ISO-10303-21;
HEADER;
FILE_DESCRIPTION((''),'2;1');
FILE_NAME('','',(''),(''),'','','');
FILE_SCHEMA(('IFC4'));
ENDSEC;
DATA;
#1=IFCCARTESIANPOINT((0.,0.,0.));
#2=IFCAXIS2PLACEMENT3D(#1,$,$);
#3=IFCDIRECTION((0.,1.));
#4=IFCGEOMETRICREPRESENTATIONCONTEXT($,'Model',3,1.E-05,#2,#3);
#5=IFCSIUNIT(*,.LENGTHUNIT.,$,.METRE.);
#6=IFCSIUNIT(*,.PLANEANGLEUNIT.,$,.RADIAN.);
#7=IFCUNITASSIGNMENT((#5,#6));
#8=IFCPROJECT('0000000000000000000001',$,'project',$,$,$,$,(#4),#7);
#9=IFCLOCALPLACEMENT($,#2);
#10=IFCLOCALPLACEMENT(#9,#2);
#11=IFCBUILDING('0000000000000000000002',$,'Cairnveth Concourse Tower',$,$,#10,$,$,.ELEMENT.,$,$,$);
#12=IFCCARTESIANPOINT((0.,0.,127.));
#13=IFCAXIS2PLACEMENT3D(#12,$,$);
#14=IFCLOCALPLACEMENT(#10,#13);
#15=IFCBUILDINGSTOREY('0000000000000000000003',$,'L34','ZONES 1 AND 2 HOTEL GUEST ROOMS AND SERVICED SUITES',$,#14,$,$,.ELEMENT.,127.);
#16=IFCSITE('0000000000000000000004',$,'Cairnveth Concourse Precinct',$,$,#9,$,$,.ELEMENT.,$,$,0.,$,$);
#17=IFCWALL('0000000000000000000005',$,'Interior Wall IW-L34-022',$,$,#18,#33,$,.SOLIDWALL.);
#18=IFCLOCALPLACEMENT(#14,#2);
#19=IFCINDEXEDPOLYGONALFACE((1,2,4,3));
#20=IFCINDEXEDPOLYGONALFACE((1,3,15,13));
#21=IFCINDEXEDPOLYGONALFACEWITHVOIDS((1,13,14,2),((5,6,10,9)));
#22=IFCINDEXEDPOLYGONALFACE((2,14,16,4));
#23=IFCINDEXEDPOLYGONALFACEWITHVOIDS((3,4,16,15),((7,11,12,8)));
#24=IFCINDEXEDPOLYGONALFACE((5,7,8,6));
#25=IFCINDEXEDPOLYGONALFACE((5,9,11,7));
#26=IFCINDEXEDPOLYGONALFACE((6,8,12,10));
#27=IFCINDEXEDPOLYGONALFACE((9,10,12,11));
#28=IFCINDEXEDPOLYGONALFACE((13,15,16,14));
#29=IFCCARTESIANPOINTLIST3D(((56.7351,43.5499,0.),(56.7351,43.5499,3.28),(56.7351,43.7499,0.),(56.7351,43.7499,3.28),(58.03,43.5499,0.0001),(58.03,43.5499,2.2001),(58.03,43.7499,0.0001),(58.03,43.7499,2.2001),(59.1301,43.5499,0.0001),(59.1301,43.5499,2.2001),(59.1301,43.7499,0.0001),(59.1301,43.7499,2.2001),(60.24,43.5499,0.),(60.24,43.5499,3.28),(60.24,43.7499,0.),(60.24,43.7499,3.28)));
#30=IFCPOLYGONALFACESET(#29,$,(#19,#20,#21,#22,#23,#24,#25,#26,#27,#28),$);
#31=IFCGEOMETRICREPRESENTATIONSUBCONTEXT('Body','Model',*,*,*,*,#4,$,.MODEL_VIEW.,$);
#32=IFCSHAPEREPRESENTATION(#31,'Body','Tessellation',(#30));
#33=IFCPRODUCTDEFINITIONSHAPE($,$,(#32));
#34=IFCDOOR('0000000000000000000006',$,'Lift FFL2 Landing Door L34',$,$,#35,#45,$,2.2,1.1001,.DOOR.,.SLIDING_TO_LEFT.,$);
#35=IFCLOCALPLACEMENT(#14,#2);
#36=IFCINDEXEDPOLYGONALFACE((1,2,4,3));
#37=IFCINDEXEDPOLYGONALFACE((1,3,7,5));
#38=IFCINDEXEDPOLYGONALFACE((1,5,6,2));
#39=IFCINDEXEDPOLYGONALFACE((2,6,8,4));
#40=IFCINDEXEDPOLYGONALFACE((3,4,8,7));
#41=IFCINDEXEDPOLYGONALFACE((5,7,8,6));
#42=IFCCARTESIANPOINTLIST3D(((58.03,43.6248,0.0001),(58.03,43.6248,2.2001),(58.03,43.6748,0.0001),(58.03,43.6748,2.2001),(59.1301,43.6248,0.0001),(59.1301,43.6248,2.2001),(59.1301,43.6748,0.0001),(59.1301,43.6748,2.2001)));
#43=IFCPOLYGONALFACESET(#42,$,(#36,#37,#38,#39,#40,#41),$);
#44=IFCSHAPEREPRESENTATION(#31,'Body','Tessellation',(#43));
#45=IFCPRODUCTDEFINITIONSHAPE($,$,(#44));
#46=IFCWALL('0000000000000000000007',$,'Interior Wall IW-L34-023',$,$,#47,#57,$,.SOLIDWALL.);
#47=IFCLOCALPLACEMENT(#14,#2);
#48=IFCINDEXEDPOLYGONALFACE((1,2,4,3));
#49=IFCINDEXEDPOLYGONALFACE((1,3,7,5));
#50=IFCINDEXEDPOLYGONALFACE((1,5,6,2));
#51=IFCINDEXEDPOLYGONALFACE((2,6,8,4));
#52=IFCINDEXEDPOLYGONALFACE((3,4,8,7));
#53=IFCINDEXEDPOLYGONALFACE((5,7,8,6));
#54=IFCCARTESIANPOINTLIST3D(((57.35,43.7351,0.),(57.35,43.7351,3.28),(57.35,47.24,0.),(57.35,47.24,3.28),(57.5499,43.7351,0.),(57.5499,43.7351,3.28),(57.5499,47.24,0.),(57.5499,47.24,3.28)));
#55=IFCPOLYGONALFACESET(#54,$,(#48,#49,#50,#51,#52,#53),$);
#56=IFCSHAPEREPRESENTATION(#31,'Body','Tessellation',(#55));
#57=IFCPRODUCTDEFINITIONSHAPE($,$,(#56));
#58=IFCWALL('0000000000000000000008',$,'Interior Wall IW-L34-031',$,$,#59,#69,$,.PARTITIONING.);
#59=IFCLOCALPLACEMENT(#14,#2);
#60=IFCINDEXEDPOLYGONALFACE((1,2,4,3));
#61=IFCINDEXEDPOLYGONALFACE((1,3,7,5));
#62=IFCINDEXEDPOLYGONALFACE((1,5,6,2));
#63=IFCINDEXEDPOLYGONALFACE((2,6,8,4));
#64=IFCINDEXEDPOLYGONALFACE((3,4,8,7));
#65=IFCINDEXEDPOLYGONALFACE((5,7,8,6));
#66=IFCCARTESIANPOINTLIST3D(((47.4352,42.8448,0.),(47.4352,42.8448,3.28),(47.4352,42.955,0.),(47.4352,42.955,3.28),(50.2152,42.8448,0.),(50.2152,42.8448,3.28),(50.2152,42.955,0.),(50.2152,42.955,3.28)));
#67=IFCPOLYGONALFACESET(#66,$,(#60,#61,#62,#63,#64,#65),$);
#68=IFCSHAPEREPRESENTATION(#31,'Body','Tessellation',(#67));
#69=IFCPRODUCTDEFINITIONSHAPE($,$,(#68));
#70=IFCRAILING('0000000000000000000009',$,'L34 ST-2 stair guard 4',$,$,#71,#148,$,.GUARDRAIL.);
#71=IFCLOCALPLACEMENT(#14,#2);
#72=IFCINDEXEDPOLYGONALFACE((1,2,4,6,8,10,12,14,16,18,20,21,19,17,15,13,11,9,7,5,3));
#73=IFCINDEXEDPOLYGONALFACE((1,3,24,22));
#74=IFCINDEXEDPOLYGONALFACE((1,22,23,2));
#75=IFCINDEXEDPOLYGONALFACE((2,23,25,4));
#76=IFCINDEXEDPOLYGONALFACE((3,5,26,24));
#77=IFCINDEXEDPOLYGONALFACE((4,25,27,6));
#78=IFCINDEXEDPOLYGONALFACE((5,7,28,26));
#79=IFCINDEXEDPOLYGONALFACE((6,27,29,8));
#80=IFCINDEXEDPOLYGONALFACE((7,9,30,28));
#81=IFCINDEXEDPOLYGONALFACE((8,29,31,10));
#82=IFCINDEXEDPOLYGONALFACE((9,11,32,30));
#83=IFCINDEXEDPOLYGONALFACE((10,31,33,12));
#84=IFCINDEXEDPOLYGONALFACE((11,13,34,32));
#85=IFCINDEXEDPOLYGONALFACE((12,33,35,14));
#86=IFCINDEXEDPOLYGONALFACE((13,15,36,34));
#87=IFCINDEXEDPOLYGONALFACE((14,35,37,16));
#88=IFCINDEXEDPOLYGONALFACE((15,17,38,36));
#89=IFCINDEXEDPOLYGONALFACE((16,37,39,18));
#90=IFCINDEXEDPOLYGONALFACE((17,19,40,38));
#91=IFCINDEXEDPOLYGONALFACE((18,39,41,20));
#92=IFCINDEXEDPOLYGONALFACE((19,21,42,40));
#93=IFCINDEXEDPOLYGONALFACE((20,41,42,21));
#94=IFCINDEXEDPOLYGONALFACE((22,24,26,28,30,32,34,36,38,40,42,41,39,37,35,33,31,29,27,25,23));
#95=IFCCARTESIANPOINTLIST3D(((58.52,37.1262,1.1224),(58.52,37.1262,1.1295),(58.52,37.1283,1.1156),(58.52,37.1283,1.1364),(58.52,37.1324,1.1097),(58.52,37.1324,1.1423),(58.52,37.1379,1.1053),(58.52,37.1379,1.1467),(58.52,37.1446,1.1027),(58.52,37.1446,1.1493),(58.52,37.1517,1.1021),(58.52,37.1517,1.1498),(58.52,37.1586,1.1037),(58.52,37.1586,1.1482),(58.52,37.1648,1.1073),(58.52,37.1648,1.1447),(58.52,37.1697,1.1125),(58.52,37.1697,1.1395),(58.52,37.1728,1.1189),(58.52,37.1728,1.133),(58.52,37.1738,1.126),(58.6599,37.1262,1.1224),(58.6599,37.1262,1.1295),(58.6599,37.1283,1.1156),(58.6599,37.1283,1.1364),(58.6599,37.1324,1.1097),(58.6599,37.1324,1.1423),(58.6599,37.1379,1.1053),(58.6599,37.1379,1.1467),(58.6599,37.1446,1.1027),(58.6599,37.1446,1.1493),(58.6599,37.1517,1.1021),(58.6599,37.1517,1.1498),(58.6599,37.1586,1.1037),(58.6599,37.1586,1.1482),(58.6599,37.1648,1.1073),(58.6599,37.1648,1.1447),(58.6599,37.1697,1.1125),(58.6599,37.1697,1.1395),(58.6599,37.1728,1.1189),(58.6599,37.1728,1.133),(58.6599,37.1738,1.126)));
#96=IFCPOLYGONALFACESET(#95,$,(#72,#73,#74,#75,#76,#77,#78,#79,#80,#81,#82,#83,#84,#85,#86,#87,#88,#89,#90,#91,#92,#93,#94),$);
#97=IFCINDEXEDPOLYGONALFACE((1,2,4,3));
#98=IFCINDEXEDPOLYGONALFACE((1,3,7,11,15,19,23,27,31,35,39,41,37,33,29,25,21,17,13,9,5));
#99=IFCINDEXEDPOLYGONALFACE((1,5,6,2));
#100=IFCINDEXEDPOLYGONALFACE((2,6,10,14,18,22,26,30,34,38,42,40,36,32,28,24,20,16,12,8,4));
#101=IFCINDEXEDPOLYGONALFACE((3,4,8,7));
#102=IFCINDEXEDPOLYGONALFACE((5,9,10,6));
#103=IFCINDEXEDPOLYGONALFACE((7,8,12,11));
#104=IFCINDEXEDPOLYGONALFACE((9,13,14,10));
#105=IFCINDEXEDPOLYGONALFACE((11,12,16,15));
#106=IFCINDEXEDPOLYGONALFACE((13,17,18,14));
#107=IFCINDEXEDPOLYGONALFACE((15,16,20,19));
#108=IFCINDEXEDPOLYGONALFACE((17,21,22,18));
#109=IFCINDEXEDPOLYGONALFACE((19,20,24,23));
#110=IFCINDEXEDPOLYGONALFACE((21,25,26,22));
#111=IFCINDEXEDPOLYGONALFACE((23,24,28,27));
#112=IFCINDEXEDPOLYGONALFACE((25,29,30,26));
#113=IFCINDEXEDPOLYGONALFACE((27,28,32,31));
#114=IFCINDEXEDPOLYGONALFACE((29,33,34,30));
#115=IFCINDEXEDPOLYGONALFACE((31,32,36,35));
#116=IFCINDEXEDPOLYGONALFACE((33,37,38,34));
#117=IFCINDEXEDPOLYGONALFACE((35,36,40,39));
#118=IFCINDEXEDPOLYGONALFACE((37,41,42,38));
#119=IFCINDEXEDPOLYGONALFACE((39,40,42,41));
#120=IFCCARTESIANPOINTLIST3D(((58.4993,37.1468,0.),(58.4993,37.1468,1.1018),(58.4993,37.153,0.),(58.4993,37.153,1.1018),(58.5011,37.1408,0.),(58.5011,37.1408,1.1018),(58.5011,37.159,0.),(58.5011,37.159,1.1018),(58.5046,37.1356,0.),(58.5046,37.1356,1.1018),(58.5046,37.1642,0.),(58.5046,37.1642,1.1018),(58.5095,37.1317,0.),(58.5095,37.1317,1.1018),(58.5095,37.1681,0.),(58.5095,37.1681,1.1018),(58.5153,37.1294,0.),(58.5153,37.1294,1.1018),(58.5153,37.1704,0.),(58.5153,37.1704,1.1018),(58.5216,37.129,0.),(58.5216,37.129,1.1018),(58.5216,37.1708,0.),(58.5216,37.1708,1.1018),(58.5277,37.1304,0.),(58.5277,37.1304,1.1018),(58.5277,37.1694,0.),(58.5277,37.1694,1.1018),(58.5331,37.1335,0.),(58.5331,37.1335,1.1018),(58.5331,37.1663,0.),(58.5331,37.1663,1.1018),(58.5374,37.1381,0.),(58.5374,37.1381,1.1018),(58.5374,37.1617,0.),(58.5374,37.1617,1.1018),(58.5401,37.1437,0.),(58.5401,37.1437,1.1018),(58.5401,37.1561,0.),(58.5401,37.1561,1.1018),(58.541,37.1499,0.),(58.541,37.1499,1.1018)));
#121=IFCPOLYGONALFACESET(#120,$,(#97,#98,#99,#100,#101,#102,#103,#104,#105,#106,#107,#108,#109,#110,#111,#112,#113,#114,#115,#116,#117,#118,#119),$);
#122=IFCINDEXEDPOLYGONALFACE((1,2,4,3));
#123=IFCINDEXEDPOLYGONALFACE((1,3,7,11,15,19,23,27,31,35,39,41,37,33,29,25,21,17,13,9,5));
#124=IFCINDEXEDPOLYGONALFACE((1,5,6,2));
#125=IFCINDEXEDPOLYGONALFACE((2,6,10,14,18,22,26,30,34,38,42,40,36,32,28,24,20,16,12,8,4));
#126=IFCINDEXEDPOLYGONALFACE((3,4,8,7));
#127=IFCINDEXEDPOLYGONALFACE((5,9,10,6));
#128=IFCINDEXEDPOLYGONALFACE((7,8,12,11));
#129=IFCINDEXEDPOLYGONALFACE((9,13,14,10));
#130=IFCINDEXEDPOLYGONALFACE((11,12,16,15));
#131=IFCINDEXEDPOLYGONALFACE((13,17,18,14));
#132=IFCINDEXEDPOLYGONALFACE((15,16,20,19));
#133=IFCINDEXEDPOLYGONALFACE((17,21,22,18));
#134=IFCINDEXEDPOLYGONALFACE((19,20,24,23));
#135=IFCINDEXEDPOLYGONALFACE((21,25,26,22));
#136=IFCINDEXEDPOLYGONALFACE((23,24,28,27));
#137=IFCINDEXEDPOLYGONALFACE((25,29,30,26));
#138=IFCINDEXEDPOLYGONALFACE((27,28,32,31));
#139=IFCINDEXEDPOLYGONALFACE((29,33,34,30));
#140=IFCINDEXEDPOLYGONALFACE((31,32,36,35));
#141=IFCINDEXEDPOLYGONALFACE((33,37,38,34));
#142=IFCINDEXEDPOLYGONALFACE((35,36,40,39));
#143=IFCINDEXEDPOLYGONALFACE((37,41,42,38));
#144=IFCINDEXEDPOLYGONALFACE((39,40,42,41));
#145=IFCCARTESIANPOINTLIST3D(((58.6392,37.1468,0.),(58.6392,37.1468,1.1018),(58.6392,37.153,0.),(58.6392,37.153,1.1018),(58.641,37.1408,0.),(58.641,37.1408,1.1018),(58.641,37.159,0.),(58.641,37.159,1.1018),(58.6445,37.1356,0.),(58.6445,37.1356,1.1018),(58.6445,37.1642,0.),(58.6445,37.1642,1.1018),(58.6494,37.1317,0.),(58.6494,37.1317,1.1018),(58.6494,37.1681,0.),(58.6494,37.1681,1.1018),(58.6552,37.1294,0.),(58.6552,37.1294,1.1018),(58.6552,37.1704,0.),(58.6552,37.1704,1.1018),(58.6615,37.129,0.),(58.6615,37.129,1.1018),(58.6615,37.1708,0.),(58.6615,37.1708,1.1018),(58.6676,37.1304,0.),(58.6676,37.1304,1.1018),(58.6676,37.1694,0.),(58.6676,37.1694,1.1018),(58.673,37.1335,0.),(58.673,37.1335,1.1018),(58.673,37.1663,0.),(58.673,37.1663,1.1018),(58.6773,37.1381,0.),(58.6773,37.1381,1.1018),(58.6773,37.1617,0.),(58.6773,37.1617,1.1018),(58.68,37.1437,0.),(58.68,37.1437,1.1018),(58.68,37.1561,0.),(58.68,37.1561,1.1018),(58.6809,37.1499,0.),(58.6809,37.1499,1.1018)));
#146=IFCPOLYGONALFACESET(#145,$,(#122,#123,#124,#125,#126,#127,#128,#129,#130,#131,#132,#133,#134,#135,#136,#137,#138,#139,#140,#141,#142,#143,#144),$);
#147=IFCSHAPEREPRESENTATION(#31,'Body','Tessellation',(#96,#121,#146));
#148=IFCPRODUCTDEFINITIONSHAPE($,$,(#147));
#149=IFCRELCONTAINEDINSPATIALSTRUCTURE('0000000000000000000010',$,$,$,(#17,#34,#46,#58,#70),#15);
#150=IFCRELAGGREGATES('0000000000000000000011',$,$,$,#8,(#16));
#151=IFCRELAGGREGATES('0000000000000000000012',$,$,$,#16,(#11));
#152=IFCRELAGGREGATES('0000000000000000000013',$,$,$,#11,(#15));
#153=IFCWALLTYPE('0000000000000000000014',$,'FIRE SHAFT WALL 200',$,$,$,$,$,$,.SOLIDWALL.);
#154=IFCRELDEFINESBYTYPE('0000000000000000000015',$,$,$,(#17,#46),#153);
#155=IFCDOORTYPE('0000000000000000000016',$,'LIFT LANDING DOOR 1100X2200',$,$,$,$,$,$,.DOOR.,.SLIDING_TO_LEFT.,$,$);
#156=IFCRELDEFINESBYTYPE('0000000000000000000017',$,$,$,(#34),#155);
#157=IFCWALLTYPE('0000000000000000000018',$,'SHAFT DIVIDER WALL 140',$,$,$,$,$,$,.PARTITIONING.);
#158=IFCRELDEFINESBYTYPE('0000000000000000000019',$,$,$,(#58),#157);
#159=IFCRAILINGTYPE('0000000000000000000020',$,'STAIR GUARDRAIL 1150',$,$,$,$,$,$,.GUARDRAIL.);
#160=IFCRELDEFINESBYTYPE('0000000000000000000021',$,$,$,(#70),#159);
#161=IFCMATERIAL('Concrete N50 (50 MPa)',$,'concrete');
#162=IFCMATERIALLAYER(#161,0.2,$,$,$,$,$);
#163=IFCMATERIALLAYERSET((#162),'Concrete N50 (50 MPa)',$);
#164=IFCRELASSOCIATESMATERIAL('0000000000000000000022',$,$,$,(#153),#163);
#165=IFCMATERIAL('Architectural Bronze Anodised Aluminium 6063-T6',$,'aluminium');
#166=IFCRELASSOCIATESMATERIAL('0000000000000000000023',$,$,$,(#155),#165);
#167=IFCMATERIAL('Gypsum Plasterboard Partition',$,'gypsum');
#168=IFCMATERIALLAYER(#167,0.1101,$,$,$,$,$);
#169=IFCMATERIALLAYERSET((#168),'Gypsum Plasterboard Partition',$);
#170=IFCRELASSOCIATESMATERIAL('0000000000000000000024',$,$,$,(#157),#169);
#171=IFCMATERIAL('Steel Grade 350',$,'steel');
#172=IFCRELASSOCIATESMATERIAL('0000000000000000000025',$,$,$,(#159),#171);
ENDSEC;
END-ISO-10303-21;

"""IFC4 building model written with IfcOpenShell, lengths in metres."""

from ifc_helpers import new_model, si_unit, direction, frame, frame_2d, origin, origin_2d, place, context, subcontext, project, spatial, rectangle, circle, extrude, material, layer, layer_set, type_object, element, fill, save


model = new_model("IFC4")

# Units and contexts
model_context = context("Model", 3, precision=1e-05, world=origin(), true_north=direction((0.0, 1.0)))
body_context = subcontext(model_context, "Body", "Model", "MODEL_VIEW")
ifc_project = project(units=[si_unit("LENGTHUNIT", "METRE"), si_unit("PLANEANGLEUNIT", "RADIAN")], contexts=[model_context])

# Site, building, storey
site_placement = place(None, origin())
site = spatial("IfcSite", under=ifc_project, at=site_placement, Name="Cairnveth Concourse Precinct", CompositionType="ELEMENT", RefElevation=0.0)
building_placement = place(site_placement, origin())
building = spatial("IfcBuilding", under=site, at=building_placement, Name="Cairnveth Concourse Tower", CompositionType="ELEMENT")
storey_placement = place(building_placement, frame((0.0, 0.0, 127.0)))
storey = spatial("IfcBuildingStorey", under=building, at=storey_placement, Name="L34", Description="ZONES 1 AND 2 HOTEL GUEST ROOMS AND SERVICED SUITES", CompositionType="ELEMENT", Elevation=127.0)

# Shared definitions
ifc_material_1 = material(Name="Concrete N50 (50 MPa)", Category="concrete")

# Shared definitions
ifc_material_2 = material(Name="Steel Grade 350", Category="steel")

# Shared definitions
ifc_layer_1 = layer(ifc_material_1, 0.2)
ifc_layer_set_1 = layer_set([ifc_layer_1], Name="Concrete N50 (50 MPa)")
wall_type_1 = type_object("IfcWallType", Name="FIRE SHAFT WALL 200", PredefinedType="SOLIDWALL", material=ifc_layer_set_1)

# Wall, opening, door
wall_1_placement = place(storey_placement, frame((56.7351, 43.6499, 0.0), z_axis=(0.0, 0.0, 1.0), x_axis=(1.0, 0.0, 0.0)))
wall_1 = element("IfcWall", 1, at=wall_1_placement, inside=storey, type_object=wall_type_1, Name="Interior Wall IW-L34-022", PredefinedType="SOLIDWALL", context=body_context, shape_type="SweptSolid", body=[
    extrude(rectangle(XDim=3.5049, YDim=0.2, at=frame_2d((1.7524, 0.0))), origin(), (0.0, 0.0, 1.0), 3.28),
])
opening_1_placement = place(wall_1_placement, frame((1.2949, 0.0, 0.0)))
opening_1 = element("IfcOpeningElement", 2, at=opening_1_placement, cuts=wall_1, PredefinedType="OPENING", context=body_context, shape_type="SweptSolid", body=[
    extrude(rectangle(XDim=1.1001, YDim=2.2, at=frame_2d((0.55, 1.1001))), frame((0.0, 0.1099, 0.0), z_axis=(0.0, -1.0, 0.0), x_axis=(1.0, 0.0, 0.0)), (0.0, 0.0, 1.0), 0.22),
])
ifc_material_3 = material(Name="Architectural Bronze Anodised Aluminium 6063-T6", Category="aluminium")
door_type_1 = type_object("IfcDoorType", Name="LIFT LANDING DOOR 1100X2200", OperationType="SLIDING_TO_LEFT", PredefinedType="DOOR", material=ifc_material_3)
door_1_placement = place(opening_1_placement, origin())
door_1 = element("IfcDoor", 3, at=door_1_placement, inside=storey, type_object=door_type_1, Name="Lift FFL2 Landing Door L34", OperationType="SLIDING_TO_LEFT", OverallHeight=2.2, OverallWidth=1.1001, PredefinedType="DOOR", context=body_context, shape_type="SweptSolid", body=[
    extrude(rectangle(XDim=1.1001, YDim=2.2, at=frame_2d((0.55, 1.1001))), frame((0.0, 0.0249, 0.0), z_axis=(0.0, -1.0, 0.0), x_axis=(1.0, 0.0, 0.0)), (0.0, 0.0, 1.0), 0.05),
])
fill(opening_1, door_1)

# Walls
wall_2_placement = place(storey_placement, frame((57.45, 43.7351, 0.0), z_axis=(0.0, 0.0, 1.0), x_axis=(0.0, 1.0, 0.0)))
element("IfcWall", 4, at=wall_2_placement, inside=storey, type_object=wall_type_1, Name="Interior Wall IW-L34-023", PredefinedType="SOLIDWALL", context=body_context, shape_type="SweptSolid", body=[
    extrude(rectangle(XDim=3.5049, YDim=0.2, at=frame_2d((1.7524, 0.0))), origin(), (0.0, 0.0, 1.0), 3.28),
])
ifc_material_4 = material(Name="Gypsum Plasterboard Partition", Category="gypsum")
ifc_layer_2 = layer(ifc_material_4, 0.1101)
ifc_layer_set_2 = layer_set([ifc_layer_2], Name="Gypsum Plasterboard Partition")
wall_type_2 = type_object("IfcWallType", Name="SHAFT DIVIDER WALL 140", PredefinedType="PARTITIONING", material=ifc_layer_set_2)
wall_3_placement = place(storey_placement, frame((47.4351, 42.8999, 0.0), z_axis=(0.0, 0.0, 1.0), x_axis=(1.0, 0.0, 0.0)))
element("IfcWall", 5, at=wall_3_placement, inside=storey, type_object=wall_type_2, Name="Interior Wall IW-L34-031", PredefinedType="PARTITIONING", context=body_context, shape_type="SweptSolid", body=[
    extrude(rectangle(XDim=2.78, YDim=0.1101, at=frame_2d((1.3901, 0.0))), origin(), (0.0, 0.0, 1.0), 3.28),
])

# Railing
railing_type = type_object("IfcRailingType", Name="STAIR GUARDRAIL 1150", PredefinedType="GUARDRAIL", material=ifc_material_2)
railing_placement = place(storey_placement, frame((58.52, 37.1499, 0.0)))
element("IfcRailing", 6, at=railing_placement, inside=storey, type_object=railing_type, Name="L34 ST-2 stair guard 4", PredefinedType="GUARDRAIL", context=body_context, shape_type="SweptSolid", body=[
    extrude(circle(Radius=0.0239, at=origin_2d()), frame((0.0, 0.0, 1.126), z_axis=(1.0, 0.0, 0.0), x_axis=(0.0, 1.0, 0.0)), (0.0, 0.0, 1.0), 0.1399),
    extrude(circle(Radius=0.021, at=origin_2d()), origin(), (0.0, 0.0, 1.0), 1.1018),
    extrude(circle(Radius=0.021, at=origin_2d()), frame((0.1399, 0.0, 0.0)), (0.0, 0.0, 1.0), 1.1018),
])

save(model, "model.ifc")
